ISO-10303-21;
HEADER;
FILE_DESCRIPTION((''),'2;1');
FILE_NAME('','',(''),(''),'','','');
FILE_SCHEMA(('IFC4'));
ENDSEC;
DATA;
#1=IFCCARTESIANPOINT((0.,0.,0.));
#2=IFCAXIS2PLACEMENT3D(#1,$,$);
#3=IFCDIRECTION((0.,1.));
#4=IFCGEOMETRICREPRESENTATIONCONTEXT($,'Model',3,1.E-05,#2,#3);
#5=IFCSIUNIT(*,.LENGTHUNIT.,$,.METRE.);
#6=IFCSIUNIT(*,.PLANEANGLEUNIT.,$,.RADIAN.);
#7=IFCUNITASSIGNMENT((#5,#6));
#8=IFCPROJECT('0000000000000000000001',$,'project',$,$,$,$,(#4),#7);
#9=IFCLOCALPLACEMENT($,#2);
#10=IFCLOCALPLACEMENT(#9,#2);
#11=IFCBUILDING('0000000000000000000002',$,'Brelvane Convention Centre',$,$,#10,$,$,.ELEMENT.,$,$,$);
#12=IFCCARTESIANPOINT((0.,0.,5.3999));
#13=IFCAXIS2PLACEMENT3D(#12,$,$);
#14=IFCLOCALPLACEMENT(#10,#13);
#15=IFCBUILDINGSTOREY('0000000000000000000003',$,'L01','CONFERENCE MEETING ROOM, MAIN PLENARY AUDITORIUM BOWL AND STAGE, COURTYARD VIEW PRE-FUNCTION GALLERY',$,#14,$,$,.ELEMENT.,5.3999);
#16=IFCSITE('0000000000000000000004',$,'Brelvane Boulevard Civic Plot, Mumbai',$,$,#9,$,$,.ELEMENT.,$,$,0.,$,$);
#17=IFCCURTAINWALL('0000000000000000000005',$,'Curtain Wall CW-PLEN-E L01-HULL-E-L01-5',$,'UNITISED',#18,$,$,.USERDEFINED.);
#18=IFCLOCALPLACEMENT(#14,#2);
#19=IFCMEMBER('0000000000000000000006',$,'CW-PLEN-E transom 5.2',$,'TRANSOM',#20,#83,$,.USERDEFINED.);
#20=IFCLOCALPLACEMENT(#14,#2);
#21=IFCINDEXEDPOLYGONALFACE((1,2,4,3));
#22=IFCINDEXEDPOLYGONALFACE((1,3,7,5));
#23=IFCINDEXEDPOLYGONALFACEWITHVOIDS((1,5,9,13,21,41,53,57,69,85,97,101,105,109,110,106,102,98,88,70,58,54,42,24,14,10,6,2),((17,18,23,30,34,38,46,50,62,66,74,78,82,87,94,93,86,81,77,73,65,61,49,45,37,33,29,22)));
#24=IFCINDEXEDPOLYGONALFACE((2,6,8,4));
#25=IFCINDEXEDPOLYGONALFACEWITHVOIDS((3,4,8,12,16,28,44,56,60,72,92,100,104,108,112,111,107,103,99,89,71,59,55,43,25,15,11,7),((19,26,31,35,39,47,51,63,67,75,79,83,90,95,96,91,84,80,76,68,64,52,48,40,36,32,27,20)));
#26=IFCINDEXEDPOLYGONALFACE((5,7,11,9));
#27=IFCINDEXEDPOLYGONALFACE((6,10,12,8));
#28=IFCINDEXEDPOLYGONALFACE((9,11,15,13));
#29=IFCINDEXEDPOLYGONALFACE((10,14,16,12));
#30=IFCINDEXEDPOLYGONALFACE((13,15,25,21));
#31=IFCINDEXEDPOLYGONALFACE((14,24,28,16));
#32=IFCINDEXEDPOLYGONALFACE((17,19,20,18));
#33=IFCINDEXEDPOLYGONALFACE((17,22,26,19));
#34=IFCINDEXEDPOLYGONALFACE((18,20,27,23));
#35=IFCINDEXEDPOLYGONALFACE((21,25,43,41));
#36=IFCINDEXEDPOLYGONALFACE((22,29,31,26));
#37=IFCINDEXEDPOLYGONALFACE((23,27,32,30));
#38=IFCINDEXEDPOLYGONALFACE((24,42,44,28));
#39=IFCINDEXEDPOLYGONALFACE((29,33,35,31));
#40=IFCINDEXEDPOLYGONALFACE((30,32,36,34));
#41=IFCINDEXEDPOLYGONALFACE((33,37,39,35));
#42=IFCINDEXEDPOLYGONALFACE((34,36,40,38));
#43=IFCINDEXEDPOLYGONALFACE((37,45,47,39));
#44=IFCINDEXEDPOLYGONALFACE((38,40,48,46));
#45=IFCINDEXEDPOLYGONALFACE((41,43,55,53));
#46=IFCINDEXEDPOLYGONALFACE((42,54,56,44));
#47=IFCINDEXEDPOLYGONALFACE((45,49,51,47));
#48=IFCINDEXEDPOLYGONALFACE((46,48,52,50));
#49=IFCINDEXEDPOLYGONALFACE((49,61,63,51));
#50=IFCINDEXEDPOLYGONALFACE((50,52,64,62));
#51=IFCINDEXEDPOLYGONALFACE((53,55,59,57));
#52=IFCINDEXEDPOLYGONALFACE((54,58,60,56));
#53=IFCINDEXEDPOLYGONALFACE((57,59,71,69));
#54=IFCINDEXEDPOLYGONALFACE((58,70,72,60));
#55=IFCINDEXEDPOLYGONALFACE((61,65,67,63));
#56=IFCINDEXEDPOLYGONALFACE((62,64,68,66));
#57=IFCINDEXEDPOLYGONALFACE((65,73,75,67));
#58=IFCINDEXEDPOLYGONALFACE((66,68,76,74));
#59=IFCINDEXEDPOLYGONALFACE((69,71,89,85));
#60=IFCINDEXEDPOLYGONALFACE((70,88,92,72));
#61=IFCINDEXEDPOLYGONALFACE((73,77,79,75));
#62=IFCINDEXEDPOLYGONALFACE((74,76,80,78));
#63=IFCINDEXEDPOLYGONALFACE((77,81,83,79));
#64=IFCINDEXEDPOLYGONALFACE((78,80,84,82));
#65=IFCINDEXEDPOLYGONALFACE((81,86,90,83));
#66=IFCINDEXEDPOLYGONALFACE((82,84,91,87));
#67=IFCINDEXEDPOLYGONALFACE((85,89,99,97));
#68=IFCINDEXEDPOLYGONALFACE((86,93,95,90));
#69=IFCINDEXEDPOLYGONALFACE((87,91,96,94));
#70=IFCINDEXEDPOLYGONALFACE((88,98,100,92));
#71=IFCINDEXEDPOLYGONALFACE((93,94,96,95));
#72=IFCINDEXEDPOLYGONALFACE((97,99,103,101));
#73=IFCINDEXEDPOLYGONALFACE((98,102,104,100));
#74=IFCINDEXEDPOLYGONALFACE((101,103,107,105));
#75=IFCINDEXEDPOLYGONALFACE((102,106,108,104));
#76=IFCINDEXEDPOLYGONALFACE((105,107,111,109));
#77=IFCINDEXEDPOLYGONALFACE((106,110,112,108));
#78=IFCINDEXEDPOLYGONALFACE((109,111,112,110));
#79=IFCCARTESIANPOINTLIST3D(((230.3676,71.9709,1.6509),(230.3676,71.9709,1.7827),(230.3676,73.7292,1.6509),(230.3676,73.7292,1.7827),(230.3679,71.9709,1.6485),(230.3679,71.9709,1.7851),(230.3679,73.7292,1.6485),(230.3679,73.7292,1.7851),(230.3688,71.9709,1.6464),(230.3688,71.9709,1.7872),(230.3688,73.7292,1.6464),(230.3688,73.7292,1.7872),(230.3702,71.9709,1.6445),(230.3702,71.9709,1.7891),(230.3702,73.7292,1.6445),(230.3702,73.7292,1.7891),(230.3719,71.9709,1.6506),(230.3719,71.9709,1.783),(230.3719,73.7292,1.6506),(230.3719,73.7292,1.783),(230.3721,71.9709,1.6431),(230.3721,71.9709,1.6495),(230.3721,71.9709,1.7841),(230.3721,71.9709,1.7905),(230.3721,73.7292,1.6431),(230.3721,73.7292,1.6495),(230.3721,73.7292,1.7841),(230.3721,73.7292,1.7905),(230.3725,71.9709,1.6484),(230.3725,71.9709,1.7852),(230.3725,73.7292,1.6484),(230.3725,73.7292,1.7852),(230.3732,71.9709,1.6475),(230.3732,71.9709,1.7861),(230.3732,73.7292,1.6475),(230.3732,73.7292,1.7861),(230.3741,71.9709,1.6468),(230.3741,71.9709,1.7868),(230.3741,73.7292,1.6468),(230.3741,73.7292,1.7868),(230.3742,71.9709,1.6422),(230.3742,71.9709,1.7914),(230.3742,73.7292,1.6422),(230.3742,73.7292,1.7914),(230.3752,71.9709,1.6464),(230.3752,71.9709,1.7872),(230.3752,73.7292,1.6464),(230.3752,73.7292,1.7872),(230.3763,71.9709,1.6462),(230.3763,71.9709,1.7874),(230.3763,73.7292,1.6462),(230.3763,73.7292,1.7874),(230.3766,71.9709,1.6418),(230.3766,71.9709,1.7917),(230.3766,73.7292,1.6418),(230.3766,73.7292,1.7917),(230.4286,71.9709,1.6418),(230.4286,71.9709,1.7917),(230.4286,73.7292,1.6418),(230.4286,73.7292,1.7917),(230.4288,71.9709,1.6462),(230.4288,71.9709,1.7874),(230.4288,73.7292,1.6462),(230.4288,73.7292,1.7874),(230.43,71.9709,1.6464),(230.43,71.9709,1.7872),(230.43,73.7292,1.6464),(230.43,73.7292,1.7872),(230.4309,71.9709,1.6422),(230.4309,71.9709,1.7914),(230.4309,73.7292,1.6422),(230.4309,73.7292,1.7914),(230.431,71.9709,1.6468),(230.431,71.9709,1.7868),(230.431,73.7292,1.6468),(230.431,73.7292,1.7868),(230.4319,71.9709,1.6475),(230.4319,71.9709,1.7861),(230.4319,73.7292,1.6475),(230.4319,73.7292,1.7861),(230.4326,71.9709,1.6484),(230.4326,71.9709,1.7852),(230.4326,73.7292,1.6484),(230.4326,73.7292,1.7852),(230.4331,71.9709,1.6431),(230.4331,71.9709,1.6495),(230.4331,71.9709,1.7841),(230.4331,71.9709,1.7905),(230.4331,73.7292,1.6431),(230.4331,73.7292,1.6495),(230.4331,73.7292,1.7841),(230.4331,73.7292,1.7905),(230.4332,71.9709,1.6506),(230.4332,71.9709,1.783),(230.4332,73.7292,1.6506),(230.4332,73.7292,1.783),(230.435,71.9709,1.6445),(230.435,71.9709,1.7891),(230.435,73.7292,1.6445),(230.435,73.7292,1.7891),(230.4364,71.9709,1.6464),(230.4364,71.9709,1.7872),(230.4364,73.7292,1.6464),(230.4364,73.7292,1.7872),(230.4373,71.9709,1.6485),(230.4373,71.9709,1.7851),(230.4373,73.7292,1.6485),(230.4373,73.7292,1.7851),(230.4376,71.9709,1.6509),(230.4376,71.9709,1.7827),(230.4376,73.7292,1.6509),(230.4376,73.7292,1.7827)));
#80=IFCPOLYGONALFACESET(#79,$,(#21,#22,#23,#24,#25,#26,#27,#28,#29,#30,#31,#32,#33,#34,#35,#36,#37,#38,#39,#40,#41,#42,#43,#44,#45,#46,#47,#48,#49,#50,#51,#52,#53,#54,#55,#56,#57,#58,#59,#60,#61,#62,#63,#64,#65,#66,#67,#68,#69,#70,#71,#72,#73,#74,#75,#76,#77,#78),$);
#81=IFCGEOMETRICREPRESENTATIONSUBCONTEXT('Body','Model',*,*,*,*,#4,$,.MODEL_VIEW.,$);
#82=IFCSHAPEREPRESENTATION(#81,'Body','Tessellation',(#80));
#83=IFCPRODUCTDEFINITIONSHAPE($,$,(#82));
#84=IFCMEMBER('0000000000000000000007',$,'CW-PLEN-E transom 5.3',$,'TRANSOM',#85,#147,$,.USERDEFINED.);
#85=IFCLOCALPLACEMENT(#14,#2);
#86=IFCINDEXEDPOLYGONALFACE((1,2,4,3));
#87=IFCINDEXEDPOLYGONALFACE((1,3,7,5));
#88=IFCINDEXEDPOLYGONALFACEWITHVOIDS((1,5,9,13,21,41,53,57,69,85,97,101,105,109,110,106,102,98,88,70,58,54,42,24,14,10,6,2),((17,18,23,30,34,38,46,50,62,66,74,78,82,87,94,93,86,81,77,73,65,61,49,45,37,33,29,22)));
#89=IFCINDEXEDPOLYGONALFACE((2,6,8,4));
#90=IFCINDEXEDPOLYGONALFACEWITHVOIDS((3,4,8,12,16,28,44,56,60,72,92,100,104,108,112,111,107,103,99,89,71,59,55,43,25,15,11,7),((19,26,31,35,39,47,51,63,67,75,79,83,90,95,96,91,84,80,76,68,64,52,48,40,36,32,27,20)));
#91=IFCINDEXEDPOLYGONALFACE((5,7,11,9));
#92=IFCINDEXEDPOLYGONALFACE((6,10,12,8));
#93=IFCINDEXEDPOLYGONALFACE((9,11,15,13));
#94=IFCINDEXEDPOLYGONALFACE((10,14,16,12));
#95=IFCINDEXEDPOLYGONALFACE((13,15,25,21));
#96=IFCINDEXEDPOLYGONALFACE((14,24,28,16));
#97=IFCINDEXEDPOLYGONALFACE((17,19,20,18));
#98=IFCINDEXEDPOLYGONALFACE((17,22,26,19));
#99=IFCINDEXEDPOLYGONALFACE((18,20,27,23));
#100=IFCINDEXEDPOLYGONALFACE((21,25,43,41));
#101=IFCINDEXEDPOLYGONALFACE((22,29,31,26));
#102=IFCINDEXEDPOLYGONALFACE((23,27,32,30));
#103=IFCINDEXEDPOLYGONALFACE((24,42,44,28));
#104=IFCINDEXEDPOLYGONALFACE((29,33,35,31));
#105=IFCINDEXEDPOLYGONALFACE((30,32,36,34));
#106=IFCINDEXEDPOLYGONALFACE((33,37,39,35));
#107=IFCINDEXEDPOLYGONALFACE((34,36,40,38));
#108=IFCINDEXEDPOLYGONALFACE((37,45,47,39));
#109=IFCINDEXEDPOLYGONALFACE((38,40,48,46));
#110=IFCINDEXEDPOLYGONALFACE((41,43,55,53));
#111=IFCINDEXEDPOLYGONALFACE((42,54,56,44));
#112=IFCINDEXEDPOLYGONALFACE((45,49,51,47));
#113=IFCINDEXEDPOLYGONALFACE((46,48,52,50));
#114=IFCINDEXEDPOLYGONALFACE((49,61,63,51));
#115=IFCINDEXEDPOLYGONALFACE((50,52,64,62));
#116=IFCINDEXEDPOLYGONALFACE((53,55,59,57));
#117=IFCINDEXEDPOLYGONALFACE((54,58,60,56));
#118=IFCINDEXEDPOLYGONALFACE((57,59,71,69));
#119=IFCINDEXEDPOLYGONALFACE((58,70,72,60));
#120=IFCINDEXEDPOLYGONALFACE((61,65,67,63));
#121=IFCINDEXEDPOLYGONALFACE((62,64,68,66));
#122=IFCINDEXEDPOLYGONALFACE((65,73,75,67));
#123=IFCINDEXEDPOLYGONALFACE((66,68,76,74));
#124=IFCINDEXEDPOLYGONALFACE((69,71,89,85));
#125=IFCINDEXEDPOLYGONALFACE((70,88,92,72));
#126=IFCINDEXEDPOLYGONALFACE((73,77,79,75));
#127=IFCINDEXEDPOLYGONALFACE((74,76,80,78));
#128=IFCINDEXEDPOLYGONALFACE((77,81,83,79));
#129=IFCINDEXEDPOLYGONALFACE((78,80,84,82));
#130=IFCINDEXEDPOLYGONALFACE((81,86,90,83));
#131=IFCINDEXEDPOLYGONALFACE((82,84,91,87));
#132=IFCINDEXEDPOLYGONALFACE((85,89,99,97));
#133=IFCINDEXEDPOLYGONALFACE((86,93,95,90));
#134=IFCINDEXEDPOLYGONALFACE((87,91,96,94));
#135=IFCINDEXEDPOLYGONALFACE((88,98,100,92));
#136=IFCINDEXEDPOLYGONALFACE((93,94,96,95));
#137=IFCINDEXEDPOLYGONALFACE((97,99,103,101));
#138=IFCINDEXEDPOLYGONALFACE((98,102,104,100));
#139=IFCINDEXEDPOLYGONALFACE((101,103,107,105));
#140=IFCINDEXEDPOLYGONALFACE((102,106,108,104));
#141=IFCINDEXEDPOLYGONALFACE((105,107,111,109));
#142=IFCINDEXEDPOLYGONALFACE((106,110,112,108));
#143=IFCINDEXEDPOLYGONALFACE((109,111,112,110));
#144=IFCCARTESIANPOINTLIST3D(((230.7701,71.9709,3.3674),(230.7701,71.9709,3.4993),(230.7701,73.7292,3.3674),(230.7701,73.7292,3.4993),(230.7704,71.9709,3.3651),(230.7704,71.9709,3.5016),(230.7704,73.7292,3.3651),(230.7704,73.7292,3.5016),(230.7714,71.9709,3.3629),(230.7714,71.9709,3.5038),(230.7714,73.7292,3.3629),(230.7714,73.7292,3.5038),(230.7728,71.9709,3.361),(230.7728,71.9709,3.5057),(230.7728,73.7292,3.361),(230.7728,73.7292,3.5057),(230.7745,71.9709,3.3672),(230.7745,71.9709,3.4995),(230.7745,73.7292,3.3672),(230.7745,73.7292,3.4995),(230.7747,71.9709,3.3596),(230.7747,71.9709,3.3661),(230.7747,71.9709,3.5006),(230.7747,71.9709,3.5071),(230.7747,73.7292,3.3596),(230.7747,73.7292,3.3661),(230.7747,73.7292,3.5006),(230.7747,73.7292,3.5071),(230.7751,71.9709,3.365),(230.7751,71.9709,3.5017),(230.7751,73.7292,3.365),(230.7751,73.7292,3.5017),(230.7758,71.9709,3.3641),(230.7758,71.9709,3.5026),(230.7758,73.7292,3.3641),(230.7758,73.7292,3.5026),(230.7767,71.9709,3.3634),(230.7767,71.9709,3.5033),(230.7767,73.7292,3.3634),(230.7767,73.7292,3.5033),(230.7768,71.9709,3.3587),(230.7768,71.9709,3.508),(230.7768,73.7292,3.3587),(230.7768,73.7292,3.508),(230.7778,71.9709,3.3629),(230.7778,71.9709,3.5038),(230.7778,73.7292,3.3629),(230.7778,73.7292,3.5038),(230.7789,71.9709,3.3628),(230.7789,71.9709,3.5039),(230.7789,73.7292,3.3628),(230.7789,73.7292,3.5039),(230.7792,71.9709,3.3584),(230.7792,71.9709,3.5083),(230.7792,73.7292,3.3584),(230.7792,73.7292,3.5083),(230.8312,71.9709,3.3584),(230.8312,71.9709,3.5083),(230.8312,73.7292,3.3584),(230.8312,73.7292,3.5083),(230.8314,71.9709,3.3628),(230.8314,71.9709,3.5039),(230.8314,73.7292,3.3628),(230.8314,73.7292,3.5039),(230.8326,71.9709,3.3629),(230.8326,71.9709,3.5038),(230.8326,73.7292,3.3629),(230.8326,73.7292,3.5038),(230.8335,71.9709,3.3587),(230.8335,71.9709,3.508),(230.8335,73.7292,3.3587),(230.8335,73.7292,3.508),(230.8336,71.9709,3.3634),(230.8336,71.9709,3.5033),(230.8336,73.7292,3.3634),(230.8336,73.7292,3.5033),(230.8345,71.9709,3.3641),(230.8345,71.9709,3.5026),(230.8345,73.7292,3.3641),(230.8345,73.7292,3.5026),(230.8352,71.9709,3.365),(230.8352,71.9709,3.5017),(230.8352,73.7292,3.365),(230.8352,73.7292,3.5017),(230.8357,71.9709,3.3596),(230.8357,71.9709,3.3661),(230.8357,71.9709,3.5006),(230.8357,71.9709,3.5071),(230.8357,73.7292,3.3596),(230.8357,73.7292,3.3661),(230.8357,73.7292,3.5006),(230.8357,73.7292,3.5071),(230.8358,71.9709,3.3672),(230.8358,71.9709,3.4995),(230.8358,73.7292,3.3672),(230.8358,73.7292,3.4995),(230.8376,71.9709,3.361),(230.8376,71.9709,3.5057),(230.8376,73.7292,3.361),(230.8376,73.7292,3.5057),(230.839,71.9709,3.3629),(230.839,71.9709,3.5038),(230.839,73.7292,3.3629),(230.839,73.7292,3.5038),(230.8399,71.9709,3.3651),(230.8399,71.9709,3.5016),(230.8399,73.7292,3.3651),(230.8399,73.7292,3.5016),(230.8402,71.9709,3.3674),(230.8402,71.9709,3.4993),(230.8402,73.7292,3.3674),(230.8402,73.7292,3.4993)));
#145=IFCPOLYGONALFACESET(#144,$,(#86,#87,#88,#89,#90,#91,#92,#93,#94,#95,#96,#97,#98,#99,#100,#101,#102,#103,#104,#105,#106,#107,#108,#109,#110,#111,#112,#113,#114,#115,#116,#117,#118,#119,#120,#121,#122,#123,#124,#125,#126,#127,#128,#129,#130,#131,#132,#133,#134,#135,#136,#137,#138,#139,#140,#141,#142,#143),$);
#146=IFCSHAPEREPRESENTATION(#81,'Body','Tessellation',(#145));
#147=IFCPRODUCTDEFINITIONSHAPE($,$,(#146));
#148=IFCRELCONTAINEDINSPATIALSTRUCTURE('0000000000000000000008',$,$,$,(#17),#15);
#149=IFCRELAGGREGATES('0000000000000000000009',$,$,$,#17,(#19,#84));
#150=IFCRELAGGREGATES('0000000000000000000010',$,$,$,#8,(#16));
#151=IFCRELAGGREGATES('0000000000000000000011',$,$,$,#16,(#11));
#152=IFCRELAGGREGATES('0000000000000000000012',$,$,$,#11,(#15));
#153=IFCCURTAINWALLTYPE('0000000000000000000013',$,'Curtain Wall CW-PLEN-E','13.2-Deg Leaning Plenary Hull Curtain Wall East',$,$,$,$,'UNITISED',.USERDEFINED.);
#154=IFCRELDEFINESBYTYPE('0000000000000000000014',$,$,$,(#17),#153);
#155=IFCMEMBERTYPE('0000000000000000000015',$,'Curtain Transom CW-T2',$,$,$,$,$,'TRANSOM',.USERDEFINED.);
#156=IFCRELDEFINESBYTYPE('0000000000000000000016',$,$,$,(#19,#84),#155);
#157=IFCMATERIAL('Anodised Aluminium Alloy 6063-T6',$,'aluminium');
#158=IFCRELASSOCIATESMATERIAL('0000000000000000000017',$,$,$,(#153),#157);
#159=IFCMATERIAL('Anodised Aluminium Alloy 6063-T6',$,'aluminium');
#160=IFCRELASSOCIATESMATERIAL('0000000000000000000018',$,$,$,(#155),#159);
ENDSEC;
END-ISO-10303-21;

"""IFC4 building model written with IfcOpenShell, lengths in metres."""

from ifc_helpers import new_model, si_unit, direction, frame, origin, origin_2d, place, context, subcontext, project, spatial, hollow_rectangle, extrude, material, material_profile, profile_set, type_object, element, aggregate, save


model = new_model("IFC4")

# Units and contexts
model_context = context("Model", 3, precision=1e-05, world=origin(), true_north=direction((0.0, 1.0)))
body_context = subcontext(model_context, "Body", "Model", "MODEL_VIEW")
ifc_project = project(units=[si_unit("LENGTHUNIT", "METRE"), si_unit("PLANEANGLEUNIT", "RADIAN")], contexts=[model_context])

# Site, building, storey
site_placement = place(None, origin())
site = spatial("IfcSite", under=ifc_project, at=site_placement, Name="Brelvane Boulevard Civic Plot, Mumbai", CompositionType="ELEMENT", RefElevation=0.0)
building_placement = place(site_placement, origin())
building = spatial("IfcBuilding", under=site, at=building_placement, Name="Brelvane Convention Centre", CompositionType="ELEMENT")
storey_placement = place(building_placement, frame((0.0, 0.0, 5.3999)))
storey = spatial("IfcBuildingStorey", under=building, at=storey_placement, Name="L01", Description="CONFERENCE MEETING ROOM, MAIN PLENARY AUDITORIUM BOWL AND STAGE, COURTYARD VIEW PRE-FUNCTION GALLERY", CompositionType="ELEMENT", Elevation=5.3999)

# Curtain wall, members
ifc_material_1 = material(Name="Anodised Aluminium Alloy 6063-T6", Category="aluminium")
curtain_wall_type = type_object("IfcCurtainWallType", Name="Curtain Wall CW-PLEN-E", Description="13.2-Deg Leaning Plenary Hull Curtain Wall East", ElementType="UNITISED", PredefinedType="USERDEFINED", material=ifc_material_1)
curtain_wall_placement = place(storey_placement, origin())
curtain_wall = element("IfcCurtainWall", 1, at=curtain_wall_placement, inside=storey, type_object=curtain_wall_type, Name="Curtain Wall CW-PLEN-E L01-HULL-E-L01-5", ObjectType="UNITISED", PredefinedType="USERDEFINED")
ifc_material_2 = material(Name="Anodised Aluminium Alloy 6063-T6", Category="aluminium")
ifc_material_profile = material_profile(ifc_material_2, hollow_rectangle(XDim=0.0701, YDim=0.1499, WallThickness=0.0044, InnerFilletRadius=0.0044, OuterFilletRadius=0.009, at=origin_2d()), Name="ALU-T 150x70x4.5")
ifc_profile_set = profile_set([ifc_material_profile], Name="Anodised Aluminium Alloy 6063-T6")
member_type = type_object("IfcMemberType", Name="Curtain Transom CW-T2", ElementType="TRANSOM", PredefinedType="USERDEFINED", material=ifc_profile_set)
member_1_placement = place(storey_placement, frame((230.4026, 71.9709, 1.7168), z_axis=(0.0, 1.0, 0.0), x_axis=(-1.0, 0.0, 0.0)))
member_1 = element("IfcMember", 2, at=member_1_placement, type_object=member_type, Name="CW-PLEN-E transom 5.2", ObjectType="TRANSOM", PredefinedType="USERDEFINED", context=body_context, shape_type="SweptSolid", body=[
    extrude(hollow_rectangle(XDim=0.0701, YDim=0.1499, WallThickness=0.0044, InnerFilletRadius=0.0044, OuterFilletRadius=0.009, at=origin_2d()), origin(), (0.0, 0.0, 1.0), 1.7583),
])
member_2_placement = place(storey_placement, frame((230.8052, 71.9709, 3.4333), z_axis=(0.0, 1.0, 0.0), x_axis=(-1.0, 0.0, 0.0)))
member_2 = element("IfcMember", 3, at=member_2_placement, type_object=member_type, Name="CW-PLEN-E transom 5.3", ObjectType="TRANSOM", PredefinedType="USERDEFINED", context=body_context, shape_type="SweptSolid", body=[
    extrude(hollow_rectangle(XDim=0.0701, YDim=0.1499, WallThickness=0.0044, InnerFilletRadius=0.0044, OuterFilletRadius=0.009, at=origin_2d()), origin(), (0.0, 0.0, 1.0), 1.7583),
])
aggregate(curtain_wall, [member_1, member_2])

save(model, "model.ifc")
